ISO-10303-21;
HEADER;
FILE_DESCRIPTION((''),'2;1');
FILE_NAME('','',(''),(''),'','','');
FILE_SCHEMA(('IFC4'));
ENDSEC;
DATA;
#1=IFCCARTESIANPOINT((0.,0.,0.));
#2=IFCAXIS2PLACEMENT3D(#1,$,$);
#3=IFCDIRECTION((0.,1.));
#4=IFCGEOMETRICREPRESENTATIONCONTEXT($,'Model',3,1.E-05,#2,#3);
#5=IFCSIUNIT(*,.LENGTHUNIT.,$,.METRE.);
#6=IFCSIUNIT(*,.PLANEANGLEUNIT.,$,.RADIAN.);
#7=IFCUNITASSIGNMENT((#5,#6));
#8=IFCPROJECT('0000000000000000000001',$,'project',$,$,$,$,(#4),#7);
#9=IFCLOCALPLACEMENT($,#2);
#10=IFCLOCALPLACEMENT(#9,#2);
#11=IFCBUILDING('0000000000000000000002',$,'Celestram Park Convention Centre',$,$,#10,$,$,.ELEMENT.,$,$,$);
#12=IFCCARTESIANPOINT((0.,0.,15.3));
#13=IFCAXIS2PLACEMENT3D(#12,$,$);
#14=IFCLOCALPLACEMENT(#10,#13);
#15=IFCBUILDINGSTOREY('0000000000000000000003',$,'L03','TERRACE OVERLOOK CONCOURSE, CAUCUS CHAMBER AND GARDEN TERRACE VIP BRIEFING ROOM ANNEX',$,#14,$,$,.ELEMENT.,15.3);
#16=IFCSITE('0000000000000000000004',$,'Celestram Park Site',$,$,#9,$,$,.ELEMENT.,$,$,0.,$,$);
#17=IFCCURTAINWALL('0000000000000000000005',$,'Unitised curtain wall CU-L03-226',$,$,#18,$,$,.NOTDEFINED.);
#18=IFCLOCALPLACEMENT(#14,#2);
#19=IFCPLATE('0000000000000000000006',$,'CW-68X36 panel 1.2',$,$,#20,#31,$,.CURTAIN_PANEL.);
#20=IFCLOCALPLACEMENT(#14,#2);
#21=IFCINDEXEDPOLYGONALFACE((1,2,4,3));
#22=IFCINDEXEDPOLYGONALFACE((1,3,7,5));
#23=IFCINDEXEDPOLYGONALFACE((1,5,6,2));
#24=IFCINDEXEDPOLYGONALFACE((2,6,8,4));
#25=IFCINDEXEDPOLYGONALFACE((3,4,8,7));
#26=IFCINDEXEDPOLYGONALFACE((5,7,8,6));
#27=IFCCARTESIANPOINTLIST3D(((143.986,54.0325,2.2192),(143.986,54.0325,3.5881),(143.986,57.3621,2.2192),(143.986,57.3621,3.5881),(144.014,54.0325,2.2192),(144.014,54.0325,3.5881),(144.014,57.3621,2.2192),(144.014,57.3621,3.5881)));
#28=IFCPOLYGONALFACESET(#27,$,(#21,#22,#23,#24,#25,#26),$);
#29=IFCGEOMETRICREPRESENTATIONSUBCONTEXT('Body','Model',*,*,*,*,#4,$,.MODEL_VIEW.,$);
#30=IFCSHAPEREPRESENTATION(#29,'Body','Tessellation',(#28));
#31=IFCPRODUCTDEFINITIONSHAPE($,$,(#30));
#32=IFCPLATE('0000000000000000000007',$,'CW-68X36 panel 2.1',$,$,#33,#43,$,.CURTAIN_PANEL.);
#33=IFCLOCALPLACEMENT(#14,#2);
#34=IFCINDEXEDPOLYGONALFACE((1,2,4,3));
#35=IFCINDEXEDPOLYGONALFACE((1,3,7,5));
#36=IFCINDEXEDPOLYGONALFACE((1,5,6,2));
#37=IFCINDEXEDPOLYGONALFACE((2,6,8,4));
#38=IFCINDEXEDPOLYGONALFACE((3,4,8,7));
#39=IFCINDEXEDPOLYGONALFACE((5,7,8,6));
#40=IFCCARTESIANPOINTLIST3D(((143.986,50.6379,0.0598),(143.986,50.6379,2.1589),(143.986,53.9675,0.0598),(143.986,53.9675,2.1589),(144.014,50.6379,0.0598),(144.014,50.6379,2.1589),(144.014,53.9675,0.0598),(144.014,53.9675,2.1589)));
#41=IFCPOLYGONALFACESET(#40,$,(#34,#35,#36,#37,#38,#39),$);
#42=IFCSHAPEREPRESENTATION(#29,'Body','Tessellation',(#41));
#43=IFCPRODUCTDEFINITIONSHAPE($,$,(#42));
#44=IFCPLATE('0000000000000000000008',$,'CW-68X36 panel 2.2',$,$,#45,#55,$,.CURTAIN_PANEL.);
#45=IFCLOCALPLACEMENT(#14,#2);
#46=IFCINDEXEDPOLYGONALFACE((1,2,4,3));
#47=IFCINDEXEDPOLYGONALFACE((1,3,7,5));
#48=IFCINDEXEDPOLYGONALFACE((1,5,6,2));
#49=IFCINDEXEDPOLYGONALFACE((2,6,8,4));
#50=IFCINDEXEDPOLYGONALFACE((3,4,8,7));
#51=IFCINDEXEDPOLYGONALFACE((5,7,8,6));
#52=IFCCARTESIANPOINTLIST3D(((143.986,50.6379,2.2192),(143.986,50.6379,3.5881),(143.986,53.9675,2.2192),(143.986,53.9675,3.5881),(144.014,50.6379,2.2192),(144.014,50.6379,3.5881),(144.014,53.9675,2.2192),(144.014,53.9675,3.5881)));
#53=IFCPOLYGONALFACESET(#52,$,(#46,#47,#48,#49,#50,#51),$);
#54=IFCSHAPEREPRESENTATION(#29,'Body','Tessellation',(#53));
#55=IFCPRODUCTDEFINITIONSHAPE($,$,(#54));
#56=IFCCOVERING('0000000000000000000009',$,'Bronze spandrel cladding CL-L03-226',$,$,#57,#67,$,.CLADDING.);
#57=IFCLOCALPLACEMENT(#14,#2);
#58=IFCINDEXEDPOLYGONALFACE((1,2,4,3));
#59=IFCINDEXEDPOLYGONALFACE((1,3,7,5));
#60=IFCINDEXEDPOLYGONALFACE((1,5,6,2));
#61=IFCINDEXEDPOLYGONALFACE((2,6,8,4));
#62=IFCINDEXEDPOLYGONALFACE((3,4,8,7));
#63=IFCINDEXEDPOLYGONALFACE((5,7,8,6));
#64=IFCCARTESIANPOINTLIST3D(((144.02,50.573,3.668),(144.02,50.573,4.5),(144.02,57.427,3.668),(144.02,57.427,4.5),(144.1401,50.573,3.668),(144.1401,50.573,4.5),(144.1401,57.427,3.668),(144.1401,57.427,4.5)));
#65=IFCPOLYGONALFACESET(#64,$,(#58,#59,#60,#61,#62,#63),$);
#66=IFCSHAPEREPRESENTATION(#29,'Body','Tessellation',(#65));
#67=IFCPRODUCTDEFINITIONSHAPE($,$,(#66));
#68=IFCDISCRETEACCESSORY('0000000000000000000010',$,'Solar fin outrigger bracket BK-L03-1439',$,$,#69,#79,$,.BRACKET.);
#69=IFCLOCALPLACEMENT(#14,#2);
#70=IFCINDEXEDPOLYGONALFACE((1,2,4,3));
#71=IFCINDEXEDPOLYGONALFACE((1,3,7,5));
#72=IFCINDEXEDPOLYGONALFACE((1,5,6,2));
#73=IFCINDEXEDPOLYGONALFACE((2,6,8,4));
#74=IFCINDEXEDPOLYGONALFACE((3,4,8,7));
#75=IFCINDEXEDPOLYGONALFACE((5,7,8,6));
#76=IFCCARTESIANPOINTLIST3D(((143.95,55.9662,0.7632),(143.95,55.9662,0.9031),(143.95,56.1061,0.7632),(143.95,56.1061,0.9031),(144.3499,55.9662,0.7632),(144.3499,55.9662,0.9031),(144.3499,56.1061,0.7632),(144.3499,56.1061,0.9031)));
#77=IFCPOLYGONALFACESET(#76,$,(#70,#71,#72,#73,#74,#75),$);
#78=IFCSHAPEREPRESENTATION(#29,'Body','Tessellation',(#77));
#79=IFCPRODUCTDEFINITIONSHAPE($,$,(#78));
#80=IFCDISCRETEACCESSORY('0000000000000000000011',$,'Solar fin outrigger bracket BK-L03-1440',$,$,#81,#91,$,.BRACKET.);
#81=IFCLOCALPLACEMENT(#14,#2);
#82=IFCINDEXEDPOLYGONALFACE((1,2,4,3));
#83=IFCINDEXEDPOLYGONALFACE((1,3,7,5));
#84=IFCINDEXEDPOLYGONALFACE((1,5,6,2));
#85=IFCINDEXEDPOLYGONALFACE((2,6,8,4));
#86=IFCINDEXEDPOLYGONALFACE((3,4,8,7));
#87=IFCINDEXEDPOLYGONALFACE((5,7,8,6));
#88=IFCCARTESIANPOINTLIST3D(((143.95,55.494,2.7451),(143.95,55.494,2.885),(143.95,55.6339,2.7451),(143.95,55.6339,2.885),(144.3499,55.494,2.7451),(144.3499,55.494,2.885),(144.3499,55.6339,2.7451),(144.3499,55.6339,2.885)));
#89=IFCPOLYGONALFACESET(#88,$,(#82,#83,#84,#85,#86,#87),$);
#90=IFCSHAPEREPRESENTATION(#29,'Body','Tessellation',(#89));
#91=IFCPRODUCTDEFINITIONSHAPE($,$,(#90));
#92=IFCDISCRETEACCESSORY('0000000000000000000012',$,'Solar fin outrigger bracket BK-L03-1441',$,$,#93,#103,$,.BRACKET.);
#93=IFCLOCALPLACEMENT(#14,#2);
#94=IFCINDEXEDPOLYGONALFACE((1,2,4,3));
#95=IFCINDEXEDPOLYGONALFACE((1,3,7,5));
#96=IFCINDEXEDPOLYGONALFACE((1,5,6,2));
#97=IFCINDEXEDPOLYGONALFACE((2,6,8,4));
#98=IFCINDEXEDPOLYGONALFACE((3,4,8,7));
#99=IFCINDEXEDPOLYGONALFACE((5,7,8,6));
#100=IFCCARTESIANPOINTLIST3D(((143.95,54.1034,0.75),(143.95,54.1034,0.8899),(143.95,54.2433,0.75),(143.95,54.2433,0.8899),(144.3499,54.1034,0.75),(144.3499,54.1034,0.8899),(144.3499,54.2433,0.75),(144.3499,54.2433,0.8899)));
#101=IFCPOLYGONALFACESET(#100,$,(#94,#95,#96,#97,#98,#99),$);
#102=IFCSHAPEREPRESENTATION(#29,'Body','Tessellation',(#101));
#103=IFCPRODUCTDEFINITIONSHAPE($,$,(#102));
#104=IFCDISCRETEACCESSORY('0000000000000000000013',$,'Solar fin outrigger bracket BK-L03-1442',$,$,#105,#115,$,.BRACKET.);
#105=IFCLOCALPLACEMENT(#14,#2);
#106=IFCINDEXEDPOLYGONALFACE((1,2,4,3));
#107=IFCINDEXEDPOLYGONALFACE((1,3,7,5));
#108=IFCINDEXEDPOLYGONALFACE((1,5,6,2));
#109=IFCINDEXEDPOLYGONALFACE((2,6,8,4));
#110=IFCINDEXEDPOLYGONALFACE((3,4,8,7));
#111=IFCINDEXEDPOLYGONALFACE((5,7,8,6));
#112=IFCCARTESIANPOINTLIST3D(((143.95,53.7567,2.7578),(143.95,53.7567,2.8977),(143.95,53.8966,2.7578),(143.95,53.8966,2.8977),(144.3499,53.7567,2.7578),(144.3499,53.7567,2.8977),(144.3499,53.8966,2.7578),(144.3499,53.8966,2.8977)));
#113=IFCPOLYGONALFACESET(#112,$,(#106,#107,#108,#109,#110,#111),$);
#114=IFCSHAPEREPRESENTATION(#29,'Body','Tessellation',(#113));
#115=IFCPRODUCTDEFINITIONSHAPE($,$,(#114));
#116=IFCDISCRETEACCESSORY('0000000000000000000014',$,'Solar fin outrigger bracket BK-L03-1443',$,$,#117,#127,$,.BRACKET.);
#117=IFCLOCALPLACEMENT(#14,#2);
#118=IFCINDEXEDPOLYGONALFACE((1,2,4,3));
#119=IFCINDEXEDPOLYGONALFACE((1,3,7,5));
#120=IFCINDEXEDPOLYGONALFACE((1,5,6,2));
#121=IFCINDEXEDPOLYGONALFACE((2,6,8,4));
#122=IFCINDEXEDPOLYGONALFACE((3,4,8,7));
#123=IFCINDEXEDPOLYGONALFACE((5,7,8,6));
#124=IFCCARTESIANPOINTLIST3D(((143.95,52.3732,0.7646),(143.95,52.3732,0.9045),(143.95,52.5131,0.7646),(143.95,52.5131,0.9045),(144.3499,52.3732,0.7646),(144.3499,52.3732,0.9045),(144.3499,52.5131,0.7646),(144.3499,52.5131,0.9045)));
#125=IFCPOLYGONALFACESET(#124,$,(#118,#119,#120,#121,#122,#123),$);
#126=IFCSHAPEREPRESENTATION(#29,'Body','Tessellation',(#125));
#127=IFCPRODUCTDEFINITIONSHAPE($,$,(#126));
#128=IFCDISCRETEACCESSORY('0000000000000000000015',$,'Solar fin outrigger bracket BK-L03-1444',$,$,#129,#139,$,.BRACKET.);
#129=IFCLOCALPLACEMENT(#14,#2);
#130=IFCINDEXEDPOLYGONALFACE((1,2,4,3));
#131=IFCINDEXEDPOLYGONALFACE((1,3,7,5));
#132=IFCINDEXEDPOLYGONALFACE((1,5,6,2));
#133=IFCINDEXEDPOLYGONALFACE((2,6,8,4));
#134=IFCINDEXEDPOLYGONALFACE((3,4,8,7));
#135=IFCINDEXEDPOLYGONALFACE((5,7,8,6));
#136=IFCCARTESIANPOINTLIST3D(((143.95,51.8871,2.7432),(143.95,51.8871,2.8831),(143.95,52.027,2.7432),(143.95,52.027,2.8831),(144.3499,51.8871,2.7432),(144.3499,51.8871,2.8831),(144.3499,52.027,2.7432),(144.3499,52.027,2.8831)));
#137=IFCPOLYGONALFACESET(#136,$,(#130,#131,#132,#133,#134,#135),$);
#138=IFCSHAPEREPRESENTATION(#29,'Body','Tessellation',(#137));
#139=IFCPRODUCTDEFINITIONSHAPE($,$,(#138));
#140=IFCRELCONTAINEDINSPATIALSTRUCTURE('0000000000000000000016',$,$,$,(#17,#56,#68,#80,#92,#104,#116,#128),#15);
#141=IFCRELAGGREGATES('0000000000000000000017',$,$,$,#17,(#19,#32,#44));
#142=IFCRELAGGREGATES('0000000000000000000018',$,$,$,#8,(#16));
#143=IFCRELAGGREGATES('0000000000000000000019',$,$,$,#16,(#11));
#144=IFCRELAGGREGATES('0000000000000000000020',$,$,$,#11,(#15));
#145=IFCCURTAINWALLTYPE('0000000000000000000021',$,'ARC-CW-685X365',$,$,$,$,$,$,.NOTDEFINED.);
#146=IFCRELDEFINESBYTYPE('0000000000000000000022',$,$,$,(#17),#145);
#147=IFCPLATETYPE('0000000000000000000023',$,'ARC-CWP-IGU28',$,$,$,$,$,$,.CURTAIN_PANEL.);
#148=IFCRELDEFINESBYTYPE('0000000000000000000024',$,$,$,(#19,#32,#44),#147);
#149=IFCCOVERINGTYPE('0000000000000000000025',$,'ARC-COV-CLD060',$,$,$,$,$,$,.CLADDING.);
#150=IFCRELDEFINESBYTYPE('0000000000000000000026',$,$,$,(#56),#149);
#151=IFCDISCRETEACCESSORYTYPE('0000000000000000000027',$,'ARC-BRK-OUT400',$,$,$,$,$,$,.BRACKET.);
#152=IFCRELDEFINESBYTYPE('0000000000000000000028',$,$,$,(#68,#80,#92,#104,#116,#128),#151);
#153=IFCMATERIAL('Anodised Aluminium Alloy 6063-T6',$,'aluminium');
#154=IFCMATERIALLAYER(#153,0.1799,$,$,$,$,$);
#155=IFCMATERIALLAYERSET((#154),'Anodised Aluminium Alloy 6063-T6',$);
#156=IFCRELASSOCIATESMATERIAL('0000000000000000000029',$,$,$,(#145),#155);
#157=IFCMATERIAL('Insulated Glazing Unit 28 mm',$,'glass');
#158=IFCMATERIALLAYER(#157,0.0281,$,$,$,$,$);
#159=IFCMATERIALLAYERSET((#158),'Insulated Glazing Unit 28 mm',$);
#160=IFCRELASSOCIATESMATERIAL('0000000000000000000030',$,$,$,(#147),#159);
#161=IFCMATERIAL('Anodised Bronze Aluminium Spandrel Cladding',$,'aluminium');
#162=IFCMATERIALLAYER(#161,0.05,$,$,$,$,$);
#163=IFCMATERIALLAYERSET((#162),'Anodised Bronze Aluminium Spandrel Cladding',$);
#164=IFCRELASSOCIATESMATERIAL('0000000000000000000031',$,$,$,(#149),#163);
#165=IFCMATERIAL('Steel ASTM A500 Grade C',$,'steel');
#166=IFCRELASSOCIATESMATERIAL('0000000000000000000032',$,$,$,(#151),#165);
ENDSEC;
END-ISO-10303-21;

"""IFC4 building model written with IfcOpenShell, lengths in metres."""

from ifc_helpers import new_model, si_unit, direction, frame, origin, origin_2d, place, context, subcontext, project, spatial, rectangle, extrude, material, layer, layer_set, type_object, element, aggregate, save


model = new_model("IFC4")

# Units and contexts
model_context = context("Model", 3, precision=1e-05, world=origin(), true_north=direction((0.0, 1.0)))
body_context = subcontext(model_context, "Body", "Model", "MODEL_VIEW")
ifc_project = project(units=[si_unit("LENGTHUNIT", "METRE"), si_unit("PLANEANGLEUNIT", "RADIAN")], contexts=[model_context])

# Site, building, storey
site_placement = place(None, origin())
site = spatial("IfcSite", under=ifc_project, at=site_placement, Name="Celestram Park Site", CompositionType="ELEMENT", RefElevation=0.0)
building_placement = place(site_placement, origin())
building = spatial("IfcBuilding", under=site, at=building_placement, Name="Celestram Park Convention Centre", CompositionType="ELEMENT")
storey_placement = place(building_placement, frame((0.0, 0.0, 15.3)))
storey = spatial("IfcBuildingStorey", under=building, at=storey_placement, Name="L03", Description="TERRACE OVERLOOK CONCOURSE, CAUCUS CHAMBER AND GARDEN TERRACE VIP BRIEFING ROOM ANNEX", CompositionType="ELEMENT", Elevation=15.3)

# Curtain wall
ifc_material_1 = material(Name="Anodised Aluminium Alloy 6063-T6", Category="aluminium")
ifc_layer_1 = layer(ifc_material_1, 0.1799)
ifc_layer_set_1 = layer_set([ifc_layer_1], Name="Anodised Aluminium Alloy 6063-T6")
curtain_wall_type = type_object("IfcCurtainWallType", Name="ARC-CW-685X365", PredefinedType="NOTDEFINED", material=ifc_layer_set_1)
curtain_wall_placement = place(storey_placement, origin())
curtain_wall = element("IfcCurtainWall", 1, at=curtain_wall_placement, inside=storey, type_object=curtain_wall_type, Name="Unitised curtain wall CU-L03-226", PredefinedType="NOTDEFINED")

# Shared definitions
ifc_material_2 = material(Name="Steel ASTM A500 Grade C", Category="steel")

# Plates
ifc_material_3 = material(Name="Insulated Glazing Unit 28 mm", Category="glass")
ifc_layer_2 = layer(ifc_material_3, 0.0281)
ifc_layer_set_2 = layer_set([ifc_layer_2], Name="Insulated Glazing Unit 28 mm")
plate_type = type_object("IfcPlateType", Name="ARC-CWP-IGU28", PredefinedType="CURTAIN_PANEL", material=ifc_layer_set_2)
plate_1_placement = place(storey_placement, frame((144.0, 55.6973, 2.2192), z_axis=(0.0, 0.0, 1.0), x_axis=(0.0, -1.0, 0.0)))
plate_1 = element("IfcPlate", 2, at=plate_1_placement, type_object=plate_type, Name="CW-68X36 panel 1.2", PredefinedType="CURTAIN_PANEL", context=body_context, shape_type="SweptSolid", body=[
    extrude(rectangle(XDim=3.3296, YDim=0.0281, at=origin_2d()), origin(), (0.0, 0.0, 1.0), 1.3689),
])
plate_2_placement = place(storey_placement, frame((144.0, 52.3027, 0.0598), z_axis=(0.0, 0.0, 1.0), x_axis=(0.0, -1.0, 0.0)))
plate_2 = element("IfcPlate", 3, at=plate_2_placement, type_object=plate_type, Name="CW-68X36 panel 2.1", PredefinedType="CURTAIN_PANEL", context=body_context, shape_type="SweptSolid", body=[
    extrude(rectangle(XDim=3.3296, YDim=0.0281, at=origin_2d()), origin(), (0.0, 0.0, 1.0), 2.0991),
])
plate_3_placement = place(storey_placement, frame((144.0, 52.3027, 2.2192), z_axis=(0.0, 0.0, 1.0), x_axis=(0.0, -1.0, 0.0)))
plate_3 = element("IfcPlate", 4, at=plate_3_placement, type_object=plate_type, Name="CW-68X36 panel 2.2", PredefinedType="CURTAIN_PANEL", context=body_context, shape_type="SweptSolid", body=[
    extrude(rectangle(XDim=3.3296, YDim=0.0281, at=origin_2d()), origin(), (0.0, 0.0, 1.0), 1.3689),
])
aggregate(curtain_wall, [plate_1, plate_2, plate_3])

# Covering
ifc_material_4 = material(Name="Anodised Bronze Aluminium Spandrel Cladding", Category="aluminium")
ifc_layer_3 = layer(ifc_material_4, 0.05)
ifc_layer_set_3 = layer_set([ifc_layer_3], Name="Anodised Bronze Aluminium Spandrel Cladding")
covering_type = type_object("IfcCoveringType", Name="ARC-COV-CLD060", PredefinedType="CLADDING", material=ifc_layer_set_3)
covering_placement = place(storey_placement, frame((144.0801, 54.0, 3.668), z_axis=(0.0, 0.0, 1.0), x_axis=(0.0, -1.0, 0.0)))
element("IfcCovering", 5, at=covering_placement, inside=storey, type_object=covering_type, Name="Bronze spandrel cladding CL-L03-226", PredefinedType="CLADDING", context=body_context, shape_type="SweptSolid", body=[
    extrude(rectangle(XDim=6.854, YDim=0.1201, at=origin_2d()), origin(), (0.0, 0.0, 1.0), 0.832),
])

# Discrete accessories
discrete_accessory_type = type_object("IfcDiscreteAccessoryType", Name="ARC-BRK-OUT400", PredefinedType="BRACKET", material=ifc_material_2)
for number, where, z_axis, x_axis, name in (
    (6, (144.1499, 56.0361, 0.7632), (0.0, 0.0, 1.0), (1.0, 0.0, 0.0), "Solar fin outrigger bracket BK-L03-1439"),
    (7, (144.1499, 55.564, 2.7451), (0.0, 0.0, 1.0), (1.0, 0.0, 0.0), "Solar fin outrigger bracket BK-L03-1440"),
    (8, (144.1499, 54.1733, 0.75), (0.0, 0.0, 1.0), (1.0, 0.0, 0.0), "Solar fin outrigger bracket BK-L03-1441"),
    (9, (144.1499, 53.8267, 2.7578), (0.0, 0.0, 1.0), (1.0, 0.0, 0.0), "Solar fin outrigger bracket BK-L03-1442"),
    (10, (144.1499, 52.4431, 0.7646), (0.0, 0.0, 1.0), (1.0, 0.0, 0.0), "Solar fin outrigger bracket BK-L03-1443"),
    (11, (144.1499, 51.957, 2.7432), (0.0, 0.0, 1.0), (1.0, 0.0, 0.0), "Solar fin outrigger bracket BK-L03-1444"),
):
    element("IfcDiscreteAccessory", number, at=place(storey_placement, frame(where, z_axis=z_axis, x_axis=x_axis)), inside=storey, type_object=discrete_accessory_type, Name=name, PredefinedType="BRACKET", context=body_context, shape_type="SweptSolid", body=[
        extrude(rectangle(XDim=0.3999, YDim=0.1399, at=origin_2d()), origin(), (0.0, 0.0, 1.0), 0.1399),
    ])

save(model, "model.ifc")
